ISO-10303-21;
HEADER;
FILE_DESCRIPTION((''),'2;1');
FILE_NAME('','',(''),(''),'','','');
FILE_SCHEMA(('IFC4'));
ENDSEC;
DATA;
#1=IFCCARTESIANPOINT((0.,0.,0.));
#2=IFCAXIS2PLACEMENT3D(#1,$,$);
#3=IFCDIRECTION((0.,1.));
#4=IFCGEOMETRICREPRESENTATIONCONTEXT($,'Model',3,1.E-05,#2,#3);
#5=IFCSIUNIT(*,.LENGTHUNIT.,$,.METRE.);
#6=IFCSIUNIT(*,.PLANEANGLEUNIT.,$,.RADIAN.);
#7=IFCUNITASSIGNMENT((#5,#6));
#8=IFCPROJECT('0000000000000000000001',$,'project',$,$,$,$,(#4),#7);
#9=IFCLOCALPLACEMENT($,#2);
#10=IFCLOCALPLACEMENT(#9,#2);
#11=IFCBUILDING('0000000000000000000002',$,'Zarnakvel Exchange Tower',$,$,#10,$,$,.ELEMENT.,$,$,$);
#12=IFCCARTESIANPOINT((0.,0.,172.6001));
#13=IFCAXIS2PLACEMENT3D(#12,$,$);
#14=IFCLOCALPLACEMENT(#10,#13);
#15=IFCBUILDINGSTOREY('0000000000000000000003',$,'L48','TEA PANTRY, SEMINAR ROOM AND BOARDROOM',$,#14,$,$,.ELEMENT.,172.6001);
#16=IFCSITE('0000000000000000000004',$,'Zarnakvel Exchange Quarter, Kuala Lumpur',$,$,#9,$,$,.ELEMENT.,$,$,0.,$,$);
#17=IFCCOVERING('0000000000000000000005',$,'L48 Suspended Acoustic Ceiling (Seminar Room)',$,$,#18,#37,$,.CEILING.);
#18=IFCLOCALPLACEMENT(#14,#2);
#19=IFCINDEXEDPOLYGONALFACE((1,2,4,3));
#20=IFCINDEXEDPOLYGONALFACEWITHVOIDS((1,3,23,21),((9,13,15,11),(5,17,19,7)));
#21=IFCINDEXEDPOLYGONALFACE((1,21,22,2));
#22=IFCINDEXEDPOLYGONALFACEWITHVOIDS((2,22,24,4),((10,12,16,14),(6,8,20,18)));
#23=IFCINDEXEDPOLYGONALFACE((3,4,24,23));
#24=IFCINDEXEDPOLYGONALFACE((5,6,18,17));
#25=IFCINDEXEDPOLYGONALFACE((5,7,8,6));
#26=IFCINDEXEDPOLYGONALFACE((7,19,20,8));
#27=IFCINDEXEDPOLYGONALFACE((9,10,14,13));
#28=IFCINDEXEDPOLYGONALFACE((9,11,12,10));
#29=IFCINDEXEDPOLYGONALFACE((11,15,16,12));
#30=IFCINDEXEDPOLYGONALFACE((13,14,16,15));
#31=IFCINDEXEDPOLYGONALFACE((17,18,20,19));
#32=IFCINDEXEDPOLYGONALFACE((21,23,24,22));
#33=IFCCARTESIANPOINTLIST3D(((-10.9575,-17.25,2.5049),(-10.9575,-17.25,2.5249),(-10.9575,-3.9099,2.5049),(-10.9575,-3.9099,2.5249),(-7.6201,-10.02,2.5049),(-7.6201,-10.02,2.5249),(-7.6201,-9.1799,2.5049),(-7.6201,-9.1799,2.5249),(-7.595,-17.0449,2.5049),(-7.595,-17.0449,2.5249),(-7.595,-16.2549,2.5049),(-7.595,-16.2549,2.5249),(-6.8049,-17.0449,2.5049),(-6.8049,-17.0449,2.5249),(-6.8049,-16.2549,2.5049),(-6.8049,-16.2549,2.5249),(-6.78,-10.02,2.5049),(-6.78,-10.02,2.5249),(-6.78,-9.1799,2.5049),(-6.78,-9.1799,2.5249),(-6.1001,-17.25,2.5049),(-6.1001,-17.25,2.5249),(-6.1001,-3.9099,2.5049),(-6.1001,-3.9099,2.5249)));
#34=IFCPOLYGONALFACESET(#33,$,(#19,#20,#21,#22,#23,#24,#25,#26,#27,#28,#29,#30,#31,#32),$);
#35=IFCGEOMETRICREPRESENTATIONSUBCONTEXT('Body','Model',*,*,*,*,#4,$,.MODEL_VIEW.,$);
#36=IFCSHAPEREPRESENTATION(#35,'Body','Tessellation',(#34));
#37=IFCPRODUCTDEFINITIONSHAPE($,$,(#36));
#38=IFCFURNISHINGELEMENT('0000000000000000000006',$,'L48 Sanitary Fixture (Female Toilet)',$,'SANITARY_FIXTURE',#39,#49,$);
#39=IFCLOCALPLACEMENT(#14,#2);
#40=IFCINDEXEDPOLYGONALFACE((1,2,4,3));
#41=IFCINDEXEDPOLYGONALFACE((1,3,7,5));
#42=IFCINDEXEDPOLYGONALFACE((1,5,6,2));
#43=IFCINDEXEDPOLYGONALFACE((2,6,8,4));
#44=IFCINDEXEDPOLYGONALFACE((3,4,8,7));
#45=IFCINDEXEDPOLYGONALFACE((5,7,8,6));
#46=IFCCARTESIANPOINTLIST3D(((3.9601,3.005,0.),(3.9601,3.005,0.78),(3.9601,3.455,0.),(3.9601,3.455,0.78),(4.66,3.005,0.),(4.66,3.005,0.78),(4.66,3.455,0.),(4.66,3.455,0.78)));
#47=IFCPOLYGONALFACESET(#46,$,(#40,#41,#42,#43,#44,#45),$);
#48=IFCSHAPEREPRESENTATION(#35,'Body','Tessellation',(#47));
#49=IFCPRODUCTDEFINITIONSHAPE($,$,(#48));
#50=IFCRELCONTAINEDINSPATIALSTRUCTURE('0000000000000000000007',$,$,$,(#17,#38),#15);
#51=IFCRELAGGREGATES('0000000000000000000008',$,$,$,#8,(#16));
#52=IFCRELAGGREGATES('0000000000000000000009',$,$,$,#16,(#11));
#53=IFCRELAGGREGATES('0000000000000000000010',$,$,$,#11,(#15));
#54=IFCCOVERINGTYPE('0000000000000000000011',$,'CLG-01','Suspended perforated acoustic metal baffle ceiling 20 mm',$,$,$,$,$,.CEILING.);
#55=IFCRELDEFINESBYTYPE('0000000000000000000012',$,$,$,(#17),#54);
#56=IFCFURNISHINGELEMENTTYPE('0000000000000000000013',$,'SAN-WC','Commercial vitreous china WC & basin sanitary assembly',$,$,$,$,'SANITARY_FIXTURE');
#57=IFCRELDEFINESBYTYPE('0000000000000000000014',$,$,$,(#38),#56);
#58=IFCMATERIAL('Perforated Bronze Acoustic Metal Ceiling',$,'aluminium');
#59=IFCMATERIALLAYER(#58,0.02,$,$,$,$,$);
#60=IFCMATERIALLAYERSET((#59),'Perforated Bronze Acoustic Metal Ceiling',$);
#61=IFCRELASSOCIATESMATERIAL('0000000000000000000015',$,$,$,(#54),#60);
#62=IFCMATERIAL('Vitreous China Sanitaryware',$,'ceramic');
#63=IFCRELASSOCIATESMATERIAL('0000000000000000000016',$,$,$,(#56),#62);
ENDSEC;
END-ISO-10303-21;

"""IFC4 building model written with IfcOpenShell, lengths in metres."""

from ifc_helpers import new_model, si_unit, direction, frame, origin, origin_2d, place, context, subcontext, project, spatial, polyline, rectangle, outline, extrude, source, transform, mapped, material, layer, layer_set, type_object, element, save


model = new_model("IFC4")

# Units and contexts
model_context = context("Model", 3, precision=1e-05, world=origin(), true_north=direction((0.0, 1.0)))
body_context = subcontext(model_context, "Body", "Model", "MODEL_VIEW")
ifc_project = project(units=[si_unit("LENGTHUNIT", "METRE"), si_unit("PLANEANGLEUNIT", "RADIAN")], contexts=[model_context])

# Site, building, storey
site_placement = place(None, origin())
site = spatial("IfcSite", under=ifc_project, at=site_placement, Name="Zarnakvel Exchange Quarter, Kuala Lumpur", CompositionType="ELEMENT", RefElevation=0.0)
building_placement = place(site_placement, origin())
building = spatial("IfcBuilding", under=site, at=building_placement, Name="Zarnakvel Exchange Tower", CompositionType="ELEMENT")
storey_placement = place(building_placement, frame((0.0, 0.0, 172.6001)))
storey = spatial("IfcBuildingStorey", under=building, at=storey_placement, Name="L48", Description="TEA PANTRY, SEMINAR ROOM AND BOARDROOM", CompositionType="ELEMENT", Elevation=172.6001)

# Covering
ifc_material_1 = material(Name="Perforated Bronze Acoustic Metal Ceiling", Category="aluminium")
ifc_layer_1 = layer(ifc_material_1, 0.02)
ifc_layer_set_1 = layer_set([ifc_layer_1], Name="Perforated Bronze Acoustic Metal Ceiling")
covering_type = type_object("IfcCoveringType", Name="CLG-01", Description="Suspended perforated acoustic metal baffle ceiling 20 mm", PredefinedType="CEILING", material=ifc_layer_set_1)
covering_placement = place(storey_placement, frame((0.0, 0.0, 2.5049)))
element("IfcCovering", 1, at=covering_placement, inside=storey, type_object=covering_type, Name="L48 Suspended Acoustic Ceiling (Seminar Room)", PredefinedType="CEILING", context=body_context, shape_type="SweptSolid", body=[
    extrude(outline(polyline([(-10.9575, -3.9099), (-6.1001, -3.9099), (-6.1001, -17.25), (-10.9575, -17.25), (-10.9575, -3.9099)]), holes=[polyline([(-6.78, -10.02), (-6.78, -9.1799), (-7.6201, -9.1799), (-7.6201, -10.02), (-6.78, -10.02)]), polyline([(-6.8049, -17.0449), (-6.8049, -16.2549), (-7.595, -16.2549), (-7.595, -17.0449), (-6.8049, -17.0449)])]), origin(), (0.0, 0.0, 1.0), 0.02),
])

# Furnishing element
ifc_material_2 = material(Name="Vitreous China Sanitaryware", Category="ceramic")
furnishing_element_type = type_object("IfcFurnishingElementType", Name="SAN-WC", Description="Commercial vitreous china WC & basin sanitary assembly", ElementType="SANITARY_FIXTURE", material=ifc_material_2)
shared_shape_1 = source(origin(), body_context, "Body", "SweptSolid", [
    extrude(rectangle(XDim=0.7, YDim=0.45, at=origin_2d()), origin(), (0.0, 0.0, 1.0), 0.78),
])
furnishing_placement = place(storey_placement, frame((4.3101, 3.23, 0.0), z_axis=(0.0, 0.0, 1.0), x_axis=(1.0, 0.0, 0.0)))
element("IfcFurnishingElement", 2, at=furnishing_placement, inside=storey, type_object=furnishing_element_type, Name="L48 Sanitary Fixture (Female Toilet)", ObjectType="SANITARY_FIXTURE", context=body_context, shape_type="MappedRepresentation", body=[
    mapped(shared_shape_1, transform((0.0, 0.0, 0.0), x_axis=(1.0, 0.0, 0.0), y_axis=(0.0, 1.0, 0.0), z_axis=(0.0, 0.0, 1.0), scale=1.0)),
])

save(model, "model.ifc")
